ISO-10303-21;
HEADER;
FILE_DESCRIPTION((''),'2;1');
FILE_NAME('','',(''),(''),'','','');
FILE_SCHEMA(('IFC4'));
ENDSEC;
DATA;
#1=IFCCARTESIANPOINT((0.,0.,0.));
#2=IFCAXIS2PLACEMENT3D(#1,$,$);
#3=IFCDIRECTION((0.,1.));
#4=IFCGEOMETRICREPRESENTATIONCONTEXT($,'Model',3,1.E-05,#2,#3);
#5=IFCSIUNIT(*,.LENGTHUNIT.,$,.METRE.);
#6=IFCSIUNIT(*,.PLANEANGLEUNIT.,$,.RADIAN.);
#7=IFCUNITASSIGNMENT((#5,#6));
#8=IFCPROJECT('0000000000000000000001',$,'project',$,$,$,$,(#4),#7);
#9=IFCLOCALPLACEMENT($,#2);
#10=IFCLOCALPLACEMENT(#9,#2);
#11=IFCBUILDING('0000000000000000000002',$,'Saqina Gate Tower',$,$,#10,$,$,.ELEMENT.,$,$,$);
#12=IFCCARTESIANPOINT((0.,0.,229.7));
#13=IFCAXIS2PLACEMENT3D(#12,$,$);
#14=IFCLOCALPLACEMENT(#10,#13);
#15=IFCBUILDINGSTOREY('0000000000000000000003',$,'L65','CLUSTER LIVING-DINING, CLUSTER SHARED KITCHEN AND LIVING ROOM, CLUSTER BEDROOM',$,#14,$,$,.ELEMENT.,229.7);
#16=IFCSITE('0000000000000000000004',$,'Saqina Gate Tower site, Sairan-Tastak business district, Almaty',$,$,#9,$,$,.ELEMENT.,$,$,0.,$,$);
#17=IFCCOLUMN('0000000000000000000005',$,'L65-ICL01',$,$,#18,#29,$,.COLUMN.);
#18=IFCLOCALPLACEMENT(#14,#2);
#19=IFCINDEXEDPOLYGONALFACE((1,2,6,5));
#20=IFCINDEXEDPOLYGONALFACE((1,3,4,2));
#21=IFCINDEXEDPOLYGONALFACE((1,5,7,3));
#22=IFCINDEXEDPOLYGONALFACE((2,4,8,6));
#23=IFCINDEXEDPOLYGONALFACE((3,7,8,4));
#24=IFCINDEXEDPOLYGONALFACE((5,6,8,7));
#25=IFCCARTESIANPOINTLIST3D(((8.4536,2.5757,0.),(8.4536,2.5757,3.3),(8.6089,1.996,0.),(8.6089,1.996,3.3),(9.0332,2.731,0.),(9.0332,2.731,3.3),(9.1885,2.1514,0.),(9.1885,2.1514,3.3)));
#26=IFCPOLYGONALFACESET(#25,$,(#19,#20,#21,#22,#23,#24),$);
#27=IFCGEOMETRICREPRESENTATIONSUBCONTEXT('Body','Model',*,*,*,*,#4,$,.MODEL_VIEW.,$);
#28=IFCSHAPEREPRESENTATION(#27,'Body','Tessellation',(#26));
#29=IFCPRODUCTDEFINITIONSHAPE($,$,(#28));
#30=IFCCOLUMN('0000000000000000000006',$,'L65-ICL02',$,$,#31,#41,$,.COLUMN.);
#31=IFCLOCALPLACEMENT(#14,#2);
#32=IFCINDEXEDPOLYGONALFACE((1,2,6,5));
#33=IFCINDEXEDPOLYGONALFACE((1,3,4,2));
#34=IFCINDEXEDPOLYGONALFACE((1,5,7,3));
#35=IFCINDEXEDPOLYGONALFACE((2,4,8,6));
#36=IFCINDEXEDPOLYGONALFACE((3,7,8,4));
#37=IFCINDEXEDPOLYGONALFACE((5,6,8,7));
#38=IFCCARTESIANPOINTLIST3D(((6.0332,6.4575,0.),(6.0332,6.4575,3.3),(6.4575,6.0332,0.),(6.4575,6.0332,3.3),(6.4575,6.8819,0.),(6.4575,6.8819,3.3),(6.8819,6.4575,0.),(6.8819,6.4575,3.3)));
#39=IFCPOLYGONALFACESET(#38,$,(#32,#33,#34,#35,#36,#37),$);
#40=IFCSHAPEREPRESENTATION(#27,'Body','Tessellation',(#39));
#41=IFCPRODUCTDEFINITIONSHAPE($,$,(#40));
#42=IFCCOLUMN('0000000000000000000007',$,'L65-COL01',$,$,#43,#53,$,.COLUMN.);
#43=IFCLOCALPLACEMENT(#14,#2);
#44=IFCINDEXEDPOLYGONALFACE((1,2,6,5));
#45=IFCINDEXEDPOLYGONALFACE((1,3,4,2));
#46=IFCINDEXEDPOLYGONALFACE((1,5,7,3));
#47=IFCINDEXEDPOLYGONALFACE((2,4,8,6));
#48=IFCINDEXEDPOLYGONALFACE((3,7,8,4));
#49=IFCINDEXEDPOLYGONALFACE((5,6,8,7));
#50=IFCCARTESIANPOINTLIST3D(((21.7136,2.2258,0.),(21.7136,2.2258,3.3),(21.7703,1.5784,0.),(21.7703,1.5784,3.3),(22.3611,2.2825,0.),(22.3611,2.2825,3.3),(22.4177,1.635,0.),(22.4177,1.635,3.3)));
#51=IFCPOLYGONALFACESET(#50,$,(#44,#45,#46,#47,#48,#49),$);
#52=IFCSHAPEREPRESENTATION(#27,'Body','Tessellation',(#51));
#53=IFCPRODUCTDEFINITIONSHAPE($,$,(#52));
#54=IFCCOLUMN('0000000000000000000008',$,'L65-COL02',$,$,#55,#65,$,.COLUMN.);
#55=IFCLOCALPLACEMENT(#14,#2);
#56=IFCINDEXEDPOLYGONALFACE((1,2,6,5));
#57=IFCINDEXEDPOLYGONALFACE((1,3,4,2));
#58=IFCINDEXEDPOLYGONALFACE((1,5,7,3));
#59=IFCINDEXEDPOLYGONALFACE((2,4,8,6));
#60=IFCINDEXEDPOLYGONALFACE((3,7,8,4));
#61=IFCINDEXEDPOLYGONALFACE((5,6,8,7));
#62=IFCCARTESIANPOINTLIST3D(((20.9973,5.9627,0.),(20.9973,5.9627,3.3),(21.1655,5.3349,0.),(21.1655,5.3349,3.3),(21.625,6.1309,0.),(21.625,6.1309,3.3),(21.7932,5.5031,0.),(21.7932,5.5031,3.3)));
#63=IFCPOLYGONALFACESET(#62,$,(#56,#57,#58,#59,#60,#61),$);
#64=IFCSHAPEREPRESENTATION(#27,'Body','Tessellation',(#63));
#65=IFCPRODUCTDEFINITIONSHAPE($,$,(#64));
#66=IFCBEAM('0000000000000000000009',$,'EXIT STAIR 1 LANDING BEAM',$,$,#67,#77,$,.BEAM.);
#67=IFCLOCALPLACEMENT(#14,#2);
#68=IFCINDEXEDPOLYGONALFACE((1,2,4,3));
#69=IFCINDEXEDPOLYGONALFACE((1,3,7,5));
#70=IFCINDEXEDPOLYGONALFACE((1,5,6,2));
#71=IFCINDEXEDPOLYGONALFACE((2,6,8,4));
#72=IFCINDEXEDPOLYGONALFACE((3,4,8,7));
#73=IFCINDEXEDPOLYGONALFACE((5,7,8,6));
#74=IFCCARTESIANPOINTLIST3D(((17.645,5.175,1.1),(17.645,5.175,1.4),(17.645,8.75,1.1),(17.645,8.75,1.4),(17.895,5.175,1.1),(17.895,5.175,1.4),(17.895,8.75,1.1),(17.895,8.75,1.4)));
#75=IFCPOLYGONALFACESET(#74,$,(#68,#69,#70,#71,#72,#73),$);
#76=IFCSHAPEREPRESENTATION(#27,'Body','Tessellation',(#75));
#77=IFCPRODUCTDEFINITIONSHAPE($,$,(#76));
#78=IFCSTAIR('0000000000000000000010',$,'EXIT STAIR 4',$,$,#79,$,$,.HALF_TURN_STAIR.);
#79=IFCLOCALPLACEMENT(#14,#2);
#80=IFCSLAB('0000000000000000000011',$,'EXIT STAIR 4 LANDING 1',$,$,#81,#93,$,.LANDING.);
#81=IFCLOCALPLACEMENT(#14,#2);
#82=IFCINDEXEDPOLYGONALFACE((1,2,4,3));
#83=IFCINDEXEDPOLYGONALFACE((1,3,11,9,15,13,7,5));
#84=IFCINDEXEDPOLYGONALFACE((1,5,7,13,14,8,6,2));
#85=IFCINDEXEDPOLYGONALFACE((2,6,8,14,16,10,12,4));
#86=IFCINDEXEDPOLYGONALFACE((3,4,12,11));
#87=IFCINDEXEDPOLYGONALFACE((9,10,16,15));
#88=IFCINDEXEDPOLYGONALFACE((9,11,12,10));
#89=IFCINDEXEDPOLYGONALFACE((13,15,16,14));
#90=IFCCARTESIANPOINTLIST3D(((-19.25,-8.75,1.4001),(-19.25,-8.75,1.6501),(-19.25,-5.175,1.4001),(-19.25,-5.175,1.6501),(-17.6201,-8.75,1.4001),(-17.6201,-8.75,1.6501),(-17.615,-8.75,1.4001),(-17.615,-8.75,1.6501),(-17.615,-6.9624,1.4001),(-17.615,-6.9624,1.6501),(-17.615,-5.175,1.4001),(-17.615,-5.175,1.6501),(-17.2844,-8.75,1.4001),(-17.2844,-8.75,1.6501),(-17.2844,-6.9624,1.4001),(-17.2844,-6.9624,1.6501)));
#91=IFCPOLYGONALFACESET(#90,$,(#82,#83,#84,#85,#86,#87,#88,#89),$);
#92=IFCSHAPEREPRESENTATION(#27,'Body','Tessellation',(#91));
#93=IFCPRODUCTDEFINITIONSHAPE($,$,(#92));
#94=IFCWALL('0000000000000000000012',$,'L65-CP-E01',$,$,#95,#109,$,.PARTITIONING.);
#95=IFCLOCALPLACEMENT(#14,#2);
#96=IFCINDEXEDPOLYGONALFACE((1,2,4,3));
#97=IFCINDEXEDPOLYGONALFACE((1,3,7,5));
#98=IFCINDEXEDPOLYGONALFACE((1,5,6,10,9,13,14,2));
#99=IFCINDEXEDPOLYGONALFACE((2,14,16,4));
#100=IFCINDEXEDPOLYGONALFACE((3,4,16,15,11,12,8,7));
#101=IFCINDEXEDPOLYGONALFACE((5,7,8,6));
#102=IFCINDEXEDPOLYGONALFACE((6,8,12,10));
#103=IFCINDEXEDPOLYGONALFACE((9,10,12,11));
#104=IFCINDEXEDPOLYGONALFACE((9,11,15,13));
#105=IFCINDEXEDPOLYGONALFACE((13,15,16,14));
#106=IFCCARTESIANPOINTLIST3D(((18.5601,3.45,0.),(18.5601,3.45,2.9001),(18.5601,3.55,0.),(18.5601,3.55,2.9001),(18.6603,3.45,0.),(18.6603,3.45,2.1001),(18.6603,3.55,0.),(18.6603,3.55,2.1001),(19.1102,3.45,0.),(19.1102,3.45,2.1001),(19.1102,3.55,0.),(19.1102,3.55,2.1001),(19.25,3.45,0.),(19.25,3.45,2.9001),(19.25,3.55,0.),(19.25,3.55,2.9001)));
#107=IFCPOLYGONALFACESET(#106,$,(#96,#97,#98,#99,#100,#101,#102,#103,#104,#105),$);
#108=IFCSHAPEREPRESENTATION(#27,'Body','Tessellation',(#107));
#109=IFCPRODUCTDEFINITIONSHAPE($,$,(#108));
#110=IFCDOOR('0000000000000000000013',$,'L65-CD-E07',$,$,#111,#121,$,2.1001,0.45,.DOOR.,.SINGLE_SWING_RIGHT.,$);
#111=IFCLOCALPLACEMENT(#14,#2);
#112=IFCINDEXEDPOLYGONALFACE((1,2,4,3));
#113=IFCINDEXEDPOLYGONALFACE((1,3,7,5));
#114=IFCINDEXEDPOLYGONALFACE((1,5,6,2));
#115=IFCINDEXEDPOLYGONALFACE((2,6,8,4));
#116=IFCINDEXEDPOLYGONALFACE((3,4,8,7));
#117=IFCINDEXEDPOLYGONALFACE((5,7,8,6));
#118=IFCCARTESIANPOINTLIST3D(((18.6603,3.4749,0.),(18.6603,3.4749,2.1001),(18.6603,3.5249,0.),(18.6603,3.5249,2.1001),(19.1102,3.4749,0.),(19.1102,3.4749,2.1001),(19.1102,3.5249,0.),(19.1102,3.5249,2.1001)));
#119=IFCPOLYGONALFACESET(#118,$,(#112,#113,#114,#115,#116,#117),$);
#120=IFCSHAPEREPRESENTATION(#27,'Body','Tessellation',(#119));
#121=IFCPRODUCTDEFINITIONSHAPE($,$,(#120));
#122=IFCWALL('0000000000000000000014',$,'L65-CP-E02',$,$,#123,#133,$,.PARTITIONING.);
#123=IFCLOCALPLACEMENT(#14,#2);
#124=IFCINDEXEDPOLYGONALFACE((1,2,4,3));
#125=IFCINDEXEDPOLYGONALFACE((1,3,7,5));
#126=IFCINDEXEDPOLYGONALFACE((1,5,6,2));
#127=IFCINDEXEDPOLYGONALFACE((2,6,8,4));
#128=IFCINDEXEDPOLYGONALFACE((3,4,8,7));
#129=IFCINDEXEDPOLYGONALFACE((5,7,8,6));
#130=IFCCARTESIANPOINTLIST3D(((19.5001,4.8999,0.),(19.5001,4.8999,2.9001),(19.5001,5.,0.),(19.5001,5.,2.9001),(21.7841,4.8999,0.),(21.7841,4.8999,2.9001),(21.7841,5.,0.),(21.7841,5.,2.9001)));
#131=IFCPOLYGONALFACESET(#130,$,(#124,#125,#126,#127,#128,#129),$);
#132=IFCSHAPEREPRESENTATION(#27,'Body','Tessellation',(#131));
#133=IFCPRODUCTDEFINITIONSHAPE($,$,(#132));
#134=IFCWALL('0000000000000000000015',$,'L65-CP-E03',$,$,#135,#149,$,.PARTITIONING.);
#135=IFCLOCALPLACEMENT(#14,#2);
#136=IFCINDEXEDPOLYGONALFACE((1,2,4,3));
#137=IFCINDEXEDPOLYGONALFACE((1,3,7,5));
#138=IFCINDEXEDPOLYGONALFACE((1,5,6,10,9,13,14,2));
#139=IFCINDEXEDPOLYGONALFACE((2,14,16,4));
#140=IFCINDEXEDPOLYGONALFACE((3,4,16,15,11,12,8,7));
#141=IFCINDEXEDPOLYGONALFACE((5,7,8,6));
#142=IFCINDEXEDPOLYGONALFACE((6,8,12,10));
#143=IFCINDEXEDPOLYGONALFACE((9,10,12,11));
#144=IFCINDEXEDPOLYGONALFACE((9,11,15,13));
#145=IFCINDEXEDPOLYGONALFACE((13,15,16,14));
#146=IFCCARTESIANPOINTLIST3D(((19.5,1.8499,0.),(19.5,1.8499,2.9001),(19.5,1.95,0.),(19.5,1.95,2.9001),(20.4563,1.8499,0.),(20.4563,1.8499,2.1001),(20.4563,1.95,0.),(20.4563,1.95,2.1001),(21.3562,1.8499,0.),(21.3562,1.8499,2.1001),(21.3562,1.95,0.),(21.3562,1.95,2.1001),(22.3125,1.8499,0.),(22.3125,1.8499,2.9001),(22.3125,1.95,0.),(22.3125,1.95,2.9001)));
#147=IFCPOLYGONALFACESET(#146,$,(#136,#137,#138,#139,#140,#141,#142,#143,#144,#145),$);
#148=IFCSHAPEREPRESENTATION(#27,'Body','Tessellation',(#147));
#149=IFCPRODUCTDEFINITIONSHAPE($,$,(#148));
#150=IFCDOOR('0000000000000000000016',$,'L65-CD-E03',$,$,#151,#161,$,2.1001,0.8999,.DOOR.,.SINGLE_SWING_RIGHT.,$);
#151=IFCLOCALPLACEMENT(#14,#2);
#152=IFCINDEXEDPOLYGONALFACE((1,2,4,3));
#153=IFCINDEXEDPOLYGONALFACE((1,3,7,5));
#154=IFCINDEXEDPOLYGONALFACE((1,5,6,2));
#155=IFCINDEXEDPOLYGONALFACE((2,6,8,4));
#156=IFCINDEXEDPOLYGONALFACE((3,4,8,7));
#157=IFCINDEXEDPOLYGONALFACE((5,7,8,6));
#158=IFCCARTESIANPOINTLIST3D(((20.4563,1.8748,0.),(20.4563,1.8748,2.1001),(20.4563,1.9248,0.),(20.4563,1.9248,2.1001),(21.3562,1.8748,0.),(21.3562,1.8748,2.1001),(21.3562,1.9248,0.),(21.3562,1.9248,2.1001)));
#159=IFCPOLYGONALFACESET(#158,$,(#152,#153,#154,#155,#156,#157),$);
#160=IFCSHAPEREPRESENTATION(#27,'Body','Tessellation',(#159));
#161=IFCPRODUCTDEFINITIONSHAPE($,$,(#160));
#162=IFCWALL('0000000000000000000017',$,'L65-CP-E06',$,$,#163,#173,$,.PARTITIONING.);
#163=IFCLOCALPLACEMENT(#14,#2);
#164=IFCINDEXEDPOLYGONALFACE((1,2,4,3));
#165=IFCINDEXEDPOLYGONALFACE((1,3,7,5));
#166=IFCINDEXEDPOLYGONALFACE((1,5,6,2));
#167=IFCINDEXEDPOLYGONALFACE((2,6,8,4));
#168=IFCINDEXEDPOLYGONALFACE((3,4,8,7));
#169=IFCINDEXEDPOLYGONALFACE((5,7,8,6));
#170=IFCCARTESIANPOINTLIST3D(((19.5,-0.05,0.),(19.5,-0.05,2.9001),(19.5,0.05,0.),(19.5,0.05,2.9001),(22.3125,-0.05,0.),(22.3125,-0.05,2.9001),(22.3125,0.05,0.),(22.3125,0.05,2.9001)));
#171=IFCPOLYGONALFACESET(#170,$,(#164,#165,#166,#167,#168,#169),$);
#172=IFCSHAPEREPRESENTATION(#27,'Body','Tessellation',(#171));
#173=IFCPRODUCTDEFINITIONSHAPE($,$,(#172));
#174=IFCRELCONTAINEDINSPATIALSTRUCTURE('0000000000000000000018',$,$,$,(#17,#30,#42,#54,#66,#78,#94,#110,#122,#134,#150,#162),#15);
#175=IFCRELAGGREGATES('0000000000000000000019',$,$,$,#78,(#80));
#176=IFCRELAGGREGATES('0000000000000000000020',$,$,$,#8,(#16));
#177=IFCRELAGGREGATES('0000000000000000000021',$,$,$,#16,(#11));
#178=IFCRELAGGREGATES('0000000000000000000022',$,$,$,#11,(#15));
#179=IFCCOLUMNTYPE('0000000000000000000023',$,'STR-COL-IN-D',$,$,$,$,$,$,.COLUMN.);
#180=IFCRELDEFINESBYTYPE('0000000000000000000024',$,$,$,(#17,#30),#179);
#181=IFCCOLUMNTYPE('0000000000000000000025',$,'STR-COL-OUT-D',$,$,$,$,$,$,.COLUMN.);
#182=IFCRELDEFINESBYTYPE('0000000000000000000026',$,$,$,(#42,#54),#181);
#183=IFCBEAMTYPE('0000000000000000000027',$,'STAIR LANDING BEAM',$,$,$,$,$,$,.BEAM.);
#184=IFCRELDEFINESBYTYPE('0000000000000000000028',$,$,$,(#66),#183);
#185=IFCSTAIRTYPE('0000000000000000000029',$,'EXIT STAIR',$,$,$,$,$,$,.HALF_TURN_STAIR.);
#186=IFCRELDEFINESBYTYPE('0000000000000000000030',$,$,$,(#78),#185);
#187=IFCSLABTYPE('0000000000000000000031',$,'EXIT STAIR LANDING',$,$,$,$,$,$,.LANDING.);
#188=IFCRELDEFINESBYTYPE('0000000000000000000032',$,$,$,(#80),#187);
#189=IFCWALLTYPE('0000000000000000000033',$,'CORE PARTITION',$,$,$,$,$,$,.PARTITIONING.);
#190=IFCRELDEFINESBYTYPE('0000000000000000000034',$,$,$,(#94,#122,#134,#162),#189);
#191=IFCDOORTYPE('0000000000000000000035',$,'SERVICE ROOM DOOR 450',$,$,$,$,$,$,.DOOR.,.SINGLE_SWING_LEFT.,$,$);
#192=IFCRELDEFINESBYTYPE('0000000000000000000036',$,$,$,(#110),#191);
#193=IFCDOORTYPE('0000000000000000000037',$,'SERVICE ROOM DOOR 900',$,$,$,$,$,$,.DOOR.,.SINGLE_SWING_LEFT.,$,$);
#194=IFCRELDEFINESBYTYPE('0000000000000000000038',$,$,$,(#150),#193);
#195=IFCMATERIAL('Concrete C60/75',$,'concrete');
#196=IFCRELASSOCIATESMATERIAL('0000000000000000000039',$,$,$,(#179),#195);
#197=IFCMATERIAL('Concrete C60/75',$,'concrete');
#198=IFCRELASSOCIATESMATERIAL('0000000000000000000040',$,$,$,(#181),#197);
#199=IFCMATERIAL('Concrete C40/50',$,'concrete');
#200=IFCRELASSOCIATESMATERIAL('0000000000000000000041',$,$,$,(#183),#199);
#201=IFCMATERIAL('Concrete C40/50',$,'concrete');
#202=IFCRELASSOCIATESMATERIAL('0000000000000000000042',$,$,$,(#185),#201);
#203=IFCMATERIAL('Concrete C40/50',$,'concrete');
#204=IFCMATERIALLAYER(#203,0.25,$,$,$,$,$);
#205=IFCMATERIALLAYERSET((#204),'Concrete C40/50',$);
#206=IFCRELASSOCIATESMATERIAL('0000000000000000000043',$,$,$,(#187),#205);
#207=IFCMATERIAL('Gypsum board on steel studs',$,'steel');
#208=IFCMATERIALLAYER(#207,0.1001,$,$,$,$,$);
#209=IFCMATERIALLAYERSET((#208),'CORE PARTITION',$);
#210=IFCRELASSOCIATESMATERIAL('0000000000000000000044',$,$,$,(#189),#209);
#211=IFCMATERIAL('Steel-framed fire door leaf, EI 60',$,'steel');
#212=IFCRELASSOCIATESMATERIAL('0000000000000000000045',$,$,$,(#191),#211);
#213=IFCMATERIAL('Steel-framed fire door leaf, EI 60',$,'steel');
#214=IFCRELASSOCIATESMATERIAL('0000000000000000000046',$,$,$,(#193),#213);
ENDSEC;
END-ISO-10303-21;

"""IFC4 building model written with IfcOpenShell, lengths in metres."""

from ifc_helpers import new_model, si_unit, direction, frame, frame_2d, origin, origin_2d, place, context, subcontext, project, spatial, polyline, rectangle, outline, extrude, material, layer, layer_set, material_profile, profile_set, type_object, element, fill, aggregate, save


model = new_model("IFC4")

# Units and contexts
model_context = context("Model", 3, precision=1e-05, world=origin(), true_north=direction((0.0, 1.0)))
body_context = subcontext(model_context, "Body", "Model", "MODEL_VIEW")
ifc_project = project(units=[si_unit("LENGTHUNIT", "METRE"), si_unit("PLANEANGLEUNIT", "RADIAN")], contexts=[model_context])

# Site, building, storey
site_placement = place(None, origin())
site = spatial("IfcSite", under=ifc_project, at=site_placement, Name="Saqina Gate Tower site, Sairan-Tastak business district, Almaty", CompositionType="ELEMENT", RefElevation=0.0)
building_placement = place(site_placement, origin())
building = spatial("IfcBuilding", under=site, at=building_placement, Name="Saqina Gate Tower", CompositionType="ELEMENT")
storey_placement = place(building_placement, frame((0.0, 0.0, 229.7)))
storey = spatial("IfcBuildingStorey", under=building, at=storey_placement, Name="L65", Description="CLUSTER LIVING-DINING, CLUSTER SHARED KITCHEN AND LIVING ROOM, CLUSTER BEDROOM", CompositionType="ELEMENT", Elevation=229.7)

# Columns
ifc_material_1 = material(Name="Concrete C60/75", Category="concrete")
ifc_material_profile_1 = material_profile(ifc_material_1, rectangle(XDim=0.6001, YDim=0.6001, at=origin_2d()), Name="RC 600x600")
ifc_profile_set_1 = profile_set([ifc_material_profile_1], Name="Concrete C60/75")
column_type_1 = type_object("IfcColumnType", Name="STR-COL-IN-D", PredefinedType="COLUMN", material=ifc_profile_set_1)
for number, where, z_axis, x_axis, name in (
    (1, (8.821, 2.3635, 0.0), (0.0, 0.0, 1.0), (0.965926, 0.258819, 0.0), "L65-ICL01"),
    (2, (6.4575, 6.4575, 0.0), (0.0, 0.0, 1.0), (0.707107, 0.707107, 0.0), "L65-ICL02"),
):
    element("IfcColumn", number, at=place(storey_placement, frame(where, z_axis=z_axis, x_axis=x_axis)), inside=storey, type_object=column_type_1, Name=name, PredefinedType="COLUMN", context=body_context, shape_type="SweptSolid", body=[
        extrude(rectangle(XDim=0.6001, YDim=0.6001, at=origin_2d()), origin(), (0.0, 0.0, 1.0), 3.3),
    ])
ifc_material_2 = material(Name="Concrete C60/75", Category="concrete")
ifc_material_profile_2 = material_profile(ifc_material_2, rectangle(XDim=0.6499, YDim=0.6499, at=origin_2d()), Name="RC 650x650")
ifc_profile_set_2 = profile_set([ifc_material_profile_2], Name="Concrete C60/75")
column_type_2 = type_object("IfcColumnType", Name="STR-COL-OUT-D", PredefinedType="COLUMN", material=ifc_profile_set_2)
for number, where, z_axis, x_axis, name in (
    (3, (22.0657, 1.9304, 0.0), (0.0, 0.0, 1.0), (0.996195, 0.087156, 0.0), "L65-COL01"),
    (4, (21.3953, 5.7329, 0.0), (0.0, 0.0, 1.0), (0.965926, 0.258819, 0.0), "L65-COL02"),
):
    element("IfcColumn", number, at=place(storey_placement, frame(where, z_axis=z_axis, x_axis=x_axis)), inside=storey, type_object=column_type_2, Name=name, PredefinedType="COLUMN", context=body_context, shape_type="SweptSolid", body=[
        extrude(rectangle(XDim=0.6499, YDim=0.6499, at=origin_2d()), origin(), (0.0, 0.0, 1.0), 3.3),
    ])

# Beam
ifc_material_3 = material(Name="Concrete C40/50", Category="concrete")
ifc_material_profile_3 = material_profile(ifc_material_3, rectangle(XDim=0.25, YDim=0.3, at=origin_2d()), Name="STAIR LANDING BEAM")
ifc_profile_set_3 = profile_set([ifc_material_profile_3], Name="Concrete C40/50")
beam_type = type_object("IfcBeamType", Name="STAIR LANDING BEAM", PredefinedType="BEAM", material=ifc_profile_set_3)
beam_placement = place(storey_placement, frame((17.77, 5.175, 1.25), z_axis=(0.0, 1.0, 0.0), x_axis=(-1.0, 0.0, 0.0)))
element("IfcBeam", 5, at=beam_placement, inside=storey, type_object=beam_type, Name="EXIT STAIR 1 LANDING BEAM", PredefinedType="BEAM", context=body_context, shape_type="SweptSolid", body=[
    extrude(rectangle(XDim=0.25, YDim=0.3, at=origin_2d()), origin(), (0.0, 0.0, 1.0), 3.575),
])

# Stair, slab
ifc_material_4 = material(Name="Concrete C40/50", Category="concrete")
stair_type = type_object("IfcStairType", Name="EXIT STAIR", PredefinedType="HALF_TURN_STAIR", material=ifc_material_4)
stair_1_placement = place(storey_placement, origin())
stair_1 = element("IfcStair", 6, at=stair_1_placement, inside=storey, type_object=stair_type, Name="EXIT STAIR 4", PredefinedType="HALF_TURN_STAIR")
ifc_material_5 = material(Name="Concrete C40/50", Category="concrete")
ifc_layer_1 = layer(ifc_material_5, 0.25)
ifc_layer_set_1 = layer_set([ifc_layer_1], Name="Concrete C40/50")
slab_type = type_object("IfcSlabType", Name="EXIT STAIR LANDING", PredefinedType="LANDING", material=ifc_layer_set_1)
slab_placement = place(storey_placement, frame((0.0, 0.0, 1.4001)))
slab = element("IfcSlab", 7, at=slab_placement, type_object=slab_type, Name="EXIT STAIR 4 LANDING 1", PredefinedType="LANDING", context=body_context, shape_type="SweptSolid", body=[
    extrude(outline(polyline([(-17.2844, -6.9624), (-17.2844, -8.75), (-17.615, -8.75), (-17.6201, -8.75), (-19.25, -8.75), (-19.25, -5.175), (-17.615, -5.175), (-17.615, -6.9624), (-17.2844, -6.9624)])), origin(), (0.0, 0.0, 1.0), 0.25),
])
aggregate(stair_1, [slab])

# Wall, opening, door
ifc_material_6 = material(Name="Gypsum board on steel studs", Category="steel")
ifc_layer_2 = layer(ifc_material_6, 0.1001)
ifc_layer_set_2 = layer_set([ifc_layer_2], Name="CORE PARTITION")
wall_type_1 = type_object("IfcWallType", Name="CORE PARTITION", PredefinedType="PARTITIONING", material=ifc_layer_set_2)
wall_1_placement = place(storey_placement, frame((18.5601, 3.5, 0.0), z_axis=(0.0, 0.0, 1.0), x_axis=(1.0, 0.0, 0.0)))
wall_1 = element("IfcWall", 8, at=wall_1_placement, inside=storey, type_object=wall_type_1, Name="L65-CP-E01", PredefinedType="PARTITIONING", context=body_context, shape_type="SweptSolid", body=[
    extrude(rectangle(XDim=0.6899, YDim=0.1001, at=frame_2d((0.345, 0.0))), origin(), (0.0, 0.0, 1.0), 2.9001),
])
opening_1_placement = place(wall_1_placement, frame((0.1001, 0.0, 0.0)))
opening_1 = element("IfcOpeningElement", 9, at=opening_1_placement, cuts=wall_1, PredefinedType="OPENING", context=body_context, shape_type="SweptSolid", body=[
    extrude(rectangle(XDim=0.45, YDim=2.1001, at=frame_2d((0.2251, 1.05))), frame((0.0, 0.062, 0.0), z_axis=(0.0, -1.0, 0.0), x_axis=(1.0, 0.0, 0.0)), (0.0, 0.0, 1.0), 0.124),
])
ifc_material_7 = material(Name="Steel-framed fire door leaf, EI 60", Category="steel")
door_type_1 = type_object("IfcDoorType", Name="SERVICE ROOM DOOR 450", OperationType="SINGLE_SWING_LEFT", PredefinedType="DOOR", material=ifc_material_7)
door_1_placement = place(opening_1_placement, origin())
door_1 = element("IfcDoor", 10, at=door_1_placement, inside=storey, type_object=door_type_1, Name="L65-CD-E07", OperationType="SINGLE_SWING_RIGHT", OverallHeight=2.1001, OverallWidth=0.45, PredefinedType="DOOR", context=body_context, shape_type="SweptSolid", body=[
    extrude(rectangle(XDim=0.45, YDim=2.1001, at=frame_2d((0.2251, 1.05))), frame((0.0, 0.0249, 0.0), z_axis=(0.0, -1.0, 0.0), x_axis=(1.0, 0.0, 0.0)), (0.0, 0.0, 1.0), 0.05),
])
fill(opening_1, door_1)

# Wall
wall_2_placement = place(storey_placement, frame((19.5, 4.95, 0.0), z_axis=(0.0, 0.0, 1.0), x_axis=(1.0, 0.0, 0.0)))
element("IfcWall", 11, at=wall_2_placement, inside=storey, type_object=wall_type_1, Name="L65-CP-E02", PredefinedType="PARTITIONING", context=body_context, shape_type="SweptSolid", body=[
    extrude(rectangle(XDim=2.2839, YDim=0.1001, at=frame_2d((1.1421, 0.0))), origin(), (0.0, 0.0, 1.0), 2.9001),
])

# Wall, opening, door
wall_3_placement = place(storey_placement, frame((19.5, 1.8999, 0.0), z_axis=(0.0, 0.0, 1.0), x_axis=(1.0, 0.0, 0.0)))
wall_3 = element("IfcWall", 12, at=wall_3_placement, inside=storey, type_object=wall_type_1, Name="L65-CP-E03", PredefinedType="PARTITIONING", context=body_context, shape_type="SweptSolid", body=[
    extrude(rectangle(XDim=2.8125, YDim=0.1001, at=frame_2d((1.4062, 0.0))), origin(), (0.0, 0.0, 1.0), 2.9001),
])
opening_2_placement = place(wall_3_placement, frame((0.9563, 0.0, 0.0)))
opening_2 = element("IfcOpeningElement", 13, at=opening_2_placement, cuts=wall_3, PredefinedType="OPENING", context=body_context, shape_type="SweptSolid", body=[
    extrude(rectangle(XDim=0.8999, YDim=2.1001, at=frame_2d((0.45, 1.05))), frame((0.0, 0.062, 0.0), z_axis=(0.0, -1.0, 0.0), x_axis=(1.0, 0.0, 0.0)), (0.0, 0.0, 1.0), 0.124),
])
ifc_material_8 = material(Name="Steel-framed fire door leaf, EI 60", Category="steel")
door_type_2 = type_object("IfcDoorType", Name="SERVICE ROOM DOOR 900", OperationType="SINGLE_SWING_LEFT", PredefinedType="DOOR", material=ifc_material_8)
door_2_placement = place(opening_2_placement, origin())
door_2 = element("IfcDoor", 14, at=door_2_placement, inside=storey, type_object=door_type_2, Name="L65-CD-E03", OperationType="SINGLE_SWING_RIGHT", OverallHeight=2.1001, OverallWidth=0.8999, PredefinedType="DOOR", context=body_context, shape_type="SweptSolid", body=[
    extrude(rectangle(XDim=0.8999, YDim=2.1001, at=frame_2d((0.45, 1.05))), frame((0.0, 0.0249, 0.0), z_axis=(0.0, -1.0, 0.0), x_axis=(1.0, 0.0, 0.0)), (0.0, 0.0, 1.0), 0.05),
])
fill(opening_2, door_2)

# Wall
wall_4_placement = place(storey_placement, frame((19.5, 0.0, 0.0), z_axis=(0.0, 0.0, 1.0), x_axis=(1.0, 0.0, 0.0)))
element("IfcWall", 15, at=wall_4_placement, inside=storey, type_object=wall_type_1, Name="L65-CP-E06", PredefinedType="PARTITIONING", context=body_context, shape_type="SweptSolid", body=[
    extrude(rectangle(XDim=2.8125, YDim=0.1001, at=frame_2d((1.4062, 0.0))), origin(), (0.0, 0.0, 1.0), 2.9001),
])

save(model, "model.ifc")
